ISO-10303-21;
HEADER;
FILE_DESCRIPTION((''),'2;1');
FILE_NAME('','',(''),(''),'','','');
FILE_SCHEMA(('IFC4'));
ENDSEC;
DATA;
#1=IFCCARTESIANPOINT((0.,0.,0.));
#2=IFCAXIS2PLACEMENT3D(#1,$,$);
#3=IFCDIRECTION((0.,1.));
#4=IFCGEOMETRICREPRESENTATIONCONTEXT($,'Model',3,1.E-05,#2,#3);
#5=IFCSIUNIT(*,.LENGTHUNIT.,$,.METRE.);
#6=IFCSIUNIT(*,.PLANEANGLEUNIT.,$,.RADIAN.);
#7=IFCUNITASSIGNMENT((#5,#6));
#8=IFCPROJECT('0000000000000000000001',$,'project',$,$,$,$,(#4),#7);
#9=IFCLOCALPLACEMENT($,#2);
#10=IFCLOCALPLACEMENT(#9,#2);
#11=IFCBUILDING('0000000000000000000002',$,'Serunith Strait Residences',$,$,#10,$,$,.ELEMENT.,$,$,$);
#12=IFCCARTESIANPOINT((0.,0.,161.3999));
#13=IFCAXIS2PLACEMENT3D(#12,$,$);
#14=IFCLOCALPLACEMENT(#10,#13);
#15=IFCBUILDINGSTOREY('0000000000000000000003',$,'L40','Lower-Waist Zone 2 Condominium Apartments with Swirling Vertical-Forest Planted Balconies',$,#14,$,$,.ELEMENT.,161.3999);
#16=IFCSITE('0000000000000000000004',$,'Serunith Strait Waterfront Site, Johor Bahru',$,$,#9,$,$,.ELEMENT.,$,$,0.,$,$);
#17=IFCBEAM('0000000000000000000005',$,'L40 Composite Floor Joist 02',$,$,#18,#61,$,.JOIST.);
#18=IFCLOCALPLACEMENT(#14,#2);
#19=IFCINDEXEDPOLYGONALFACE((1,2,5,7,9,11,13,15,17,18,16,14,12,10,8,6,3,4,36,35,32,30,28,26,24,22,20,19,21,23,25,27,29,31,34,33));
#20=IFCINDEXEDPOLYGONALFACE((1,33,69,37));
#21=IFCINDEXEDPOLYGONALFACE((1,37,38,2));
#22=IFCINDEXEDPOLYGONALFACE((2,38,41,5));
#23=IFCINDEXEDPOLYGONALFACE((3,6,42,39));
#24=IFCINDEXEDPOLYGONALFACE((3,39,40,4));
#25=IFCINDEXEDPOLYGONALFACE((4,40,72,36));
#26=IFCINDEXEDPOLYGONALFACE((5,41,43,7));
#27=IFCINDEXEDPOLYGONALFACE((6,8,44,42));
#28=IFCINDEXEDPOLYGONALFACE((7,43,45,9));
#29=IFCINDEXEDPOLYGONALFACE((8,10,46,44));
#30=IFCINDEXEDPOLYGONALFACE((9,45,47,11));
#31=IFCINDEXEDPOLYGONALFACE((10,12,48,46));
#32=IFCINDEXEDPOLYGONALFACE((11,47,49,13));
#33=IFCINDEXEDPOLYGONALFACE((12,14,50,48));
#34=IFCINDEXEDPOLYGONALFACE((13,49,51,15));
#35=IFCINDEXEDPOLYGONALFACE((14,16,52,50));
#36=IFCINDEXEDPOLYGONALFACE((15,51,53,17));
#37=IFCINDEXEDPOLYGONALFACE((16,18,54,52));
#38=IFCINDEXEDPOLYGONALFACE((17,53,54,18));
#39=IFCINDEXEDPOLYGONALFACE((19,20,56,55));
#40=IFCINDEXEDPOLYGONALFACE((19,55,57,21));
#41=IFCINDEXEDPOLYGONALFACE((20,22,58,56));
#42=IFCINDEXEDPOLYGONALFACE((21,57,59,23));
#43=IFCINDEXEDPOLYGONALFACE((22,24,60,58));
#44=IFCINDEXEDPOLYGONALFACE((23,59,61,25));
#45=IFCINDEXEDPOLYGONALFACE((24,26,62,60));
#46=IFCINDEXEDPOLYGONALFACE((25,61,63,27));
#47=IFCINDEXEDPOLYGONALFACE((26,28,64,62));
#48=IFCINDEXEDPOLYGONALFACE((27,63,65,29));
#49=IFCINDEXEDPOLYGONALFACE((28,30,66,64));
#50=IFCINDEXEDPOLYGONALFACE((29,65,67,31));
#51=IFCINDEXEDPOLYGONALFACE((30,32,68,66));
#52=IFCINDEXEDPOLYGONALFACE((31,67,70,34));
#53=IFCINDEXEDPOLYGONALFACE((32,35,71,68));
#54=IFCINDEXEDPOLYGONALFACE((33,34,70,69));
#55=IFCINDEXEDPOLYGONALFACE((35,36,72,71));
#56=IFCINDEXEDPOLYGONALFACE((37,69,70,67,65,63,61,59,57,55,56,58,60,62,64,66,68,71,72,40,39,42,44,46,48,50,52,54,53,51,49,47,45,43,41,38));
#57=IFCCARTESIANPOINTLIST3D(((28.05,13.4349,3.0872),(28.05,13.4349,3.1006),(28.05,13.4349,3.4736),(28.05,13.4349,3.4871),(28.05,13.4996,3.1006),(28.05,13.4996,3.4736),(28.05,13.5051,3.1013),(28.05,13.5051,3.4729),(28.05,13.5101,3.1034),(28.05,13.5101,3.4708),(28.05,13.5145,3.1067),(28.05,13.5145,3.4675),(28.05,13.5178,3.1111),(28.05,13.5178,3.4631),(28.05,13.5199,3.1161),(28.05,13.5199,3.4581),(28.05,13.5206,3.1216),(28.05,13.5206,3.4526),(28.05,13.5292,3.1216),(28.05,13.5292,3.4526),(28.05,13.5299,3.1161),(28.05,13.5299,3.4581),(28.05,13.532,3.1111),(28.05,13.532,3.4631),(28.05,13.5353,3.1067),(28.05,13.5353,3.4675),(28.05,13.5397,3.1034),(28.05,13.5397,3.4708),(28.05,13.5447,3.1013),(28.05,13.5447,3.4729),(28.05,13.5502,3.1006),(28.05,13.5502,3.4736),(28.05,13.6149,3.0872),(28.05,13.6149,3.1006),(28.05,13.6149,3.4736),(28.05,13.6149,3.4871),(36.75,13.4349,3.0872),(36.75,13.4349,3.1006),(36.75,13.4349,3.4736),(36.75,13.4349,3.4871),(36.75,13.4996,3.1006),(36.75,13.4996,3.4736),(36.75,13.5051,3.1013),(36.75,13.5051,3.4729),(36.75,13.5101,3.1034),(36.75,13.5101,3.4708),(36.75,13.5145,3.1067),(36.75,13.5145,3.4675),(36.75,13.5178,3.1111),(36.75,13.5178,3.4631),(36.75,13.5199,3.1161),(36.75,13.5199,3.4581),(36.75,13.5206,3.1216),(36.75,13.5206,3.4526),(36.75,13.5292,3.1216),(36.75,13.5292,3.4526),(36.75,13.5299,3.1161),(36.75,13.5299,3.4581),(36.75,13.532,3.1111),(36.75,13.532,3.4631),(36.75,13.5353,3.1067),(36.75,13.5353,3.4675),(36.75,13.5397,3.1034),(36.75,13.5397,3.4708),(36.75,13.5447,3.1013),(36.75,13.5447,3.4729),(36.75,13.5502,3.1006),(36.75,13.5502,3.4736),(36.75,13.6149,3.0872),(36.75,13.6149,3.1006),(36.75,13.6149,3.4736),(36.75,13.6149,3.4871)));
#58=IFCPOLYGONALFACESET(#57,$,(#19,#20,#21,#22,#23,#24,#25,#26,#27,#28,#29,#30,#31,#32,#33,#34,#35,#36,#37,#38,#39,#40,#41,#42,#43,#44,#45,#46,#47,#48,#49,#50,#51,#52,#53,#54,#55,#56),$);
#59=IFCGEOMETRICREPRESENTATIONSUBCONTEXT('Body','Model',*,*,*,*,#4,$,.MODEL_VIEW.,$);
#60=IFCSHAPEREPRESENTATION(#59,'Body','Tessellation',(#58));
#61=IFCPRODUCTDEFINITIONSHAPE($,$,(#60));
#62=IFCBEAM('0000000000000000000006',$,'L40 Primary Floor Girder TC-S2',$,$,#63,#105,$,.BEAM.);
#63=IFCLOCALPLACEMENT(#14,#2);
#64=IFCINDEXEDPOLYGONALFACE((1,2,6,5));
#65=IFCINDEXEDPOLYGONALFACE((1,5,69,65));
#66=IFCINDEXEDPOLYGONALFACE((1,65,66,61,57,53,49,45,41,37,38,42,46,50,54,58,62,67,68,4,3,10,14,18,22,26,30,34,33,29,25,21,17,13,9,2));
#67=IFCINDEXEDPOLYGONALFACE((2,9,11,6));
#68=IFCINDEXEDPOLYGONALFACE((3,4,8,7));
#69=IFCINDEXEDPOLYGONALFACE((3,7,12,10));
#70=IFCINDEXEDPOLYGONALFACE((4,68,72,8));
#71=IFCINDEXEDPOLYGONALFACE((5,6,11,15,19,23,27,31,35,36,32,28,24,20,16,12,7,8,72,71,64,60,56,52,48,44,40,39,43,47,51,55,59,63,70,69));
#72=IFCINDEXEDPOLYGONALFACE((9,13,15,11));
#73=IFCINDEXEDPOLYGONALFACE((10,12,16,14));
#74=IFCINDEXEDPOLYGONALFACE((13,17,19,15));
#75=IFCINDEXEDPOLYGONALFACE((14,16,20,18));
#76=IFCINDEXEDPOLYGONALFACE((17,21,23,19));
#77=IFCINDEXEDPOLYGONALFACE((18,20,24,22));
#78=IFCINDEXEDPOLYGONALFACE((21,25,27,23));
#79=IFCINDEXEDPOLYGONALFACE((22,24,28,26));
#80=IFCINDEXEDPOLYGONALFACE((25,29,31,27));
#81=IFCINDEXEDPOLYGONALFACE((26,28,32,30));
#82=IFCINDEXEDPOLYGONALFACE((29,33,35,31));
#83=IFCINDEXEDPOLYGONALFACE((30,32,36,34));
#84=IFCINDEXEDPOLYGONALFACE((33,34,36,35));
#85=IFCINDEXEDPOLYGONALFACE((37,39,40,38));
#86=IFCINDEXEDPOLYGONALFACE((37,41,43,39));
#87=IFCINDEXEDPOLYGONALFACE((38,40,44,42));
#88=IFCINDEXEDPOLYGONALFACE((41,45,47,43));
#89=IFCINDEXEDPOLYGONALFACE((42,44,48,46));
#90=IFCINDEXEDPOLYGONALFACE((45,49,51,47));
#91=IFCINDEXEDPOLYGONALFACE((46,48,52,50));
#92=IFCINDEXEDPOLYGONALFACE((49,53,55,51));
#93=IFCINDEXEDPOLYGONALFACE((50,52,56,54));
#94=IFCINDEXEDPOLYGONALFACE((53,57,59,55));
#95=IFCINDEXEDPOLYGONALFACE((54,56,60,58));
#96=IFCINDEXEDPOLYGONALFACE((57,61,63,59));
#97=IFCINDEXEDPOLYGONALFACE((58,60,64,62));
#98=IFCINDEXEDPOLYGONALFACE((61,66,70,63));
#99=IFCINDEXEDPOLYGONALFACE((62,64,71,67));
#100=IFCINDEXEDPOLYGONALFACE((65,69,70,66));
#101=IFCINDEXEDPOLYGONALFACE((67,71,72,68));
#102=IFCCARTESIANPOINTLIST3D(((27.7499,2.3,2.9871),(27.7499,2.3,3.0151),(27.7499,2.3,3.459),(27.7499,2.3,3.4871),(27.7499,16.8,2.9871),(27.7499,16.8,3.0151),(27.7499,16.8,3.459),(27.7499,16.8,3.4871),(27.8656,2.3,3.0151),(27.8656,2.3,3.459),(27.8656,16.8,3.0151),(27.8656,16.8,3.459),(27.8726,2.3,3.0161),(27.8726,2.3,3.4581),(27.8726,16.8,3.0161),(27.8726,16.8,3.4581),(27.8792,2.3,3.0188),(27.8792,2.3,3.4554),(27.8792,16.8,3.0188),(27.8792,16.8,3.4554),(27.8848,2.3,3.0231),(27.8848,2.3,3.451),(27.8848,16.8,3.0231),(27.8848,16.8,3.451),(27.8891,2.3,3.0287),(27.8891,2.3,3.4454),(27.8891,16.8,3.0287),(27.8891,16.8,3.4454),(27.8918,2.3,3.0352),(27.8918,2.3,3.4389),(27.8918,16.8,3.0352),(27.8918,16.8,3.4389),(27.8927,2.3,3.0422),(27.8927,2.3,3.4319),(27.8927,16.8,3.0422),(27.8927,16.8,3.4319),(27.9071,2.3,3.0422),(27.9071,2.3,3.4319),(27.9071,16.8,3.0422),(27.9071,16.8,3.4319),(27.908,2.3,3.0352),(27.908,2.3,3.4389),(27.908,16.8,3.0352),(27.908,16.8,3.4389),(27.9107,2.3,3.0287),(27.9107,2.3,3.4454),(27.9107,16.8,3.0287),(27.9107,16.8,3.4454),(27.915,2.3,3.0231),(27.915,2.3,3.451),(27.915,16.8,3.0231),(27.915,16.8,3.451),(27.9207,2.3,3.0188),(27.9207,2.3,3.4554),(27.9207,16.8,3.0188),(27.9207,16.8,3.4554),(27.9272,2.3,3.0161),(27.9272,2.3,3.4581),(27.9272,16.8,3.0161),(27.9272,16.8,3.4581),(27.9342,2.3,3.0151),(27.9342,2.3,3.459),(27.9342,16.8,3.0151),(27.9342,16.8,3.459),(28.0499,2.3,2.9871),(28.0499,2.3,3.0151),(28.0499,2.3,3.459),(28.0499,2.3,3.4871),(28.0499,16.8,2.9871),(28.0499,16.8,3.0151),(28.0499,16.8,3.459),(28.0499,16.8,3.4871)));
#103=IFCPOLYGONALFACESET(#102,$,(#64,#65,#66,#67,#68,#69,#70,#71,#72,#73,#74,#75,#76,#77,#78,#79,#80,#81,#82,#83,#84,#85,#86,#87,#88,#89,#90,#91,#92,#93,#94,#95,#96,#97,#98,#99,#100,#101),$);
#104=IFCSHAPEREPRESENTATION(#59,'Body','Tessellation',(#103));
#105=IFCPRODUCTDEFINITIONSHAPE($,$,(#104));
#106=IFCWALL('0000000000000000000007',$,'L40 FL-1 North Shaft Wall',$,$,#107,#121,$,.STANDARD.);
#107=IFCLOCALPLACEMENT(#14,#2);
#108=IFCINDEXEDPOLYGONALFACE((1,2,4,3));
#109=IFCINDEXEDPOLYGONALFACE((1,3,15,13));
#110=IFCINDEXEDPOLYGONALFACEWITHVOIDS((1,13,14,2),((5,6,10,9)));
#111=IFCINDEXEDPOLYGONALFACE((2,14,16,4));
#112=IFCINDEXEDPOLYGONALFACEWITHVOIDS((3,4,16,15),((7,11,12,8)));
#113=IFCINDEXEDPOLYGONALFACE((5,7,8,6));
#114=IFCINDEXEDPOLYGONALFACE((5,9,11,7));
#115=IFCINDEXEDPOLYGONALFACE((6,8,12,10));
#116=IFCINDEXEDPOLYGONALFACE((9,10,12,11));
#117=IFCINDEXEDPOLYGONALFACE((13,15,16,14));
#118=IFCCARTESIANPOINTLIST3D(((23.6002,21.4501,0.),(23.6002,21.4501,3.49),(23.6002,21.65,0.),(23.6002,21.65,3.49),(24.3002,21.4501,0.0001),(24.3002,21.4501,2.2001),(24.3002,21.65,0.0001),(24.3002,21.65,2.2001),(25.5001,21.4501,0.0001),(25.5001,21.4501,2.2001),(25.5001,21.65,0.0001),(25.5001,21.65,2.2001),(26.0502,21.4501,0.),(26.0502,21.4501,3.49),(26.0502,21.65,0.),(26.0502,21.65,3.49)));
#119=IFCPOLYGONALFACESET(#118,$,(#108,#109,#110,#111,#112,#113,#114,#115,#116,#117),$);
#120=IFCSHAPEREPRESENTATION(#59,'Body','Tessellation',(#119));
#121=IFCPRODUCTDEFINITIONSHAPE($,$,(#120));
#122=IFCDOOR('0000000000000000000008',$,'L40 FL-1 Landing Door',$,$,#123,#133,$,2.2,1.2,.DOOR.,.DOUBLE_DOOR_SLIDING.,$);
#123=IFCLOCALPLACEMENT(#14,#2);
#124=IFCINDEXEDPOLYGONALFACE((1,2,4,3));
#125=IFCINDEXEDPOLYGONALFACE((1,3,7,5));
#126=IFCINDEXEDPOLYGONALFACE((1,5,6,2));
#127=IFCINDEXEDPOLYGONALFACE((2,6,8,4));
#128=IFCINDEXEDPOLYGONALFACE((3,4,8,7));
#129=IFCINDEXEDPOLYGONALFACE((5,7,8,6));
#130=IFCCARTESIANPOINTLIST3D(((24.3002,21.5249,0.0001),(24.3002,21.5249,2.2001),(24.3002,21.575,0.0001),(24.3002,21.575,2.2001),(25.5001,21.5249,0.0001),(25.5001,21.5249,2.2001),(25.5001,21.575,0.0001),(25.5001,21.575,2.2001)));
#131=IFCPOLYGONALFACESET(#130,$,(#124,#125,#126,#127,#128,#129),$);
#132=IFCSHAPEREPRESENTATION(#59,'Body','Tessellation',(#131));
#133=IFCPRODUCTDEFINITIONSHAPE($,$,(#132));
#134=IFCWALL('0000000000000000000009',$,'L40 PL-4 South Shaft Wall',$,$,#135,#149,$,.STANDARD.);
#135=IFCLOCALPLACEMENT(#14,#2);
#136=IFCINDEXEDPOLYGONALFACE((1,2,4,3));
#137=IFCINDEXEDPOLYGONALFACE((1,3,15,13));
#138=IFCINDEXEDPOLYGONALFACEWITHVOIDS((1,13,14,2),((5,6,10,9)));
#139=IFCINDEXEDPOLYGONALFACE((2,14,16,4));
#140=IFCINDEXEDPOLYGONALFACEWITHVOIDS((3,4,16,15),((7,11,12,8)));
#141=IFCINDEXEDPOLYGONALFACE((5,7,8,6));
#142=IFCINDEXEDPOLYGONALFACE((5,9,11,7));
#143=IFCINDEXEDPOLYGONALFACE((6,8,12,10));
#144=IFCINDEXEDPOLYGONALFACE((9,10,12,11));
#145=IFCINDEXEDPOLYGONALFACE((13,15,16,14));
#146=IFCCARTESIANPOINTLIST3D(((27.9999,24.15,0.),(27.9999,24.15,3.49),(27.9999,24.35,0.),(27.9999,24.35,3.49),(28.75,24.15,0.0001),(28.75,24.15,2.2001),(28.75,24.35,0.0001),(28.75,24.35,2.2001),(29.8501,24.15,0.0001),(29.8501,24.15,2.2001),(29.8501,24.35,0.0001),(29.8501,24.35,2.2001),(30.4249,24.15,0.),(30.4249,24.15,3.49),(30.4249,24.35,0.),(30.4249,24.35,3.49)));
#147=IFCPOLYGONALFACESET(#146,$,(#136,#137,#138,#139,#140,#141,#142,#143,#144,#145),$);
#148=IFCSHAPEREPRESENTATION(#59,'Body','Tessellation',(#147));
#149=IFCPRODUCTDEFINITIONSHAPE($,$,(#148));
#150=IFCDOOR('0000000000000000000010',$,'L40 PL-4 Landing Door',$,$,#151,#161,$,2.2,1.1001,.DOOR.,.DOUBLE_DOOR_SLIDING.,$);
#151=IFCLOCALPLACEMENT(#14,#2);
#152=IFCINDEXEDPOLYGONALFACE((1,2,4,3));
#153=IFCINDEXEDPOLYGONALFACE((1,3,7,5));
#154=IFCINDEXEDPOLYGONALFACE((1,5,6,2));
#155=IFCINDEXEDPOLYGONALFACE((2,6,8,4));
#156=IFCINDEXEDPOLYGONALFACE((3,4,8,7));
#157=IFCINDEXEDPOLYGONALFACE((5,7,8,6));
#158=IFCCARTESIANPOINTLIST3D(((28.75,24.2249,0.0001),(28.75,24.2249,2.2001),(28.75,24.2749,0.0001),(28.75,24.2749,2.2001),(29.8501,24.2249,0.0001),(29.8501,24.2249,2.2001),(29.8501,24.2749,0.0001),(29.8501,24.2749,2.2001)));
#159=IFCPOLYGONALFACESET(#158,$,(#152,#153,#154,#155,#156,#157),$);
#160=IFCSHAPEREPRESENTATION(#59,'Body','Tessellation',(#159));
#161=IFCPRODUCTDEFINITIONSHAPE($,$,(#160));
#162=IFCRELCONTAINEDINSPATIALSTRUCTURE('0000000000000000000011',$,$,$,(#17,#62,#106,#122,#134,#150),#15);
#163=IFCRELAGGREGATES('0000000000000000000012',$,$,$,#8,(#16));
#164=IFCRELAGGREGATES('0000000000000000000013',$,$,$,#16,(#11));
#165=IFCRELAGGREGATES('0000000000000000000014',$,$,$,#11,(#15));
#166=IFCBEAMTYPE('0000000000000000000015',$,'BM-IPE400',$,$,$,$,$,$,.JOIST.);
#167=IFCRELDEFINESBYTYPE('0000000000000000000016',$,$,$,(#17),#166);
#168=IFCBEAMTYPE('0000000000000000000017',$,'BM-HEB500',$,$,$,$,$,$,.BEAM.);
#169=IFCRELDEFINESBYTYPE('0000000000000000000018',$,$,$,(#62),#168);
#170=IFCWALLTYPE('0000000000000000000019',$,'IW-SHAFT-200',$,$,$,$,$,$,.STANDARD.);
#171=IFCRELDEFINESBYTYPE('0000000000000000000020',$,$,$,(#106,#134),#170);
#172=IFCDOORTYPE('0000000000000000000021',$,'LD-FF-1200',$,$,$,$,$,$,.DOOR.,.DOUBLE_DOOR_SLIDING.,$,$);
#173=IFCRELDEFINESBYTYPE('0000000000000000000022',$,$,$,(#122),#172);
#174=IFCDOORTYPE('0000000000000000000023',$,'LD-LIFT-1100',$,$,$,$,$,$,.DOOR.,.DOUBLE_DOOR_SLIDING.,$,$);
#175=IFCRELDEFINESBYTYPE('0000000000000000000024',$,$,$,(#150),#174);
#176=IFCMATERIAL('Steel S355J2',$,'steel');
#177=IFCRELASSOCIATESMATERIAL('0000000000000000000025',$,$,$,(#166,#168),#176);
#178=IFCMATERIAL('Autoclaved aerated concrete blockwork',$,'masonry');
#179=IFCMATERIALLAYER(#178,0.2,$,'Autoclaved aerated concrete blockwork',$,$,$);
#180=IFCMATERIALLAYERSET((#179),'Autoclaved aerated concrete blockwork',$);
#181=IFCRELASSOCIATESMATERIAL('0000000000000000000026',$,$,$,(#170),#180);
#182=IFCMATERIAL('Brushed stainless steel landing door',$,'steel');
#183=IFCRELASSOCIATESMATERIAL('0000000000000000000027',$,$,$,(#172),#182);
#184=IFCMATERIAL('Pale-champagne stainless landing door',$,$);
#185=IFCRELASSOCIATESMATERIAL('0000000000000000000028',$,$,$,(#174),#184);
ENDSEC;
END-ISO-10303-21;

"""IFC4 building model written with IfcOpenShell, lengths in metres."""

from ifc_helpers import new_model, si_unit, direction, frame, frame_2d, origin, origin_2d, place, context, subcontext, project, spatial, rectangle, i_section, extrude, source, transform, mapped, material, layer, layer_set, material_profile, profile_set, type_object, element, fill, save


model = new_model("IFC4")

# Units and contexts
model_context = context("Model", 3, precision=1e-05, world=origin(), true_north=direction((0.0, 1.0)))
body_context = subcontext(model_context, "Body", "Model", "MODEL_VIEW")
ifc_project = project(units=[si_unit("LENGTHUNIT", "METRE"), si_unit("PLANEANGLEUNIT", "RADIAN")], contexts=[model_context])

# Site, building, storey
site_placement = place(None, origin())
site = spatial("IfcSite", under=ifc_project, at=site_placement, Name="Serunith Strait Waterfront Site, Johor Bahru", CompositionType="ELEMENT", RefElevation=0.0)
building_placement = place(site_placement, origin())
building = spatial("IfcBuilding", under=site, at=building_placement, Name="Serunith Strait Residences", CompositionType="ELEMENT")
storey_placement = place(building_placement, frame((0.0, 0.0, 161.3999)))
storey = spatial("IfcBuildingStorey", under=building, at=storey_placement, Name="L40", Description="Lower-Waist Zone 2 Condominium Apartments with Swirling Vertical-Forest Planted Balconies", CompositionType="ELEMENT", Elevation=161.3999)

# Beams
ifc_material_1 = material(Name="Steel S355J2", Category="steel")
ifc_material_profile_1 = material_profile(ifc_material_1, i_section(OverallWidth=0.1799, OverallDepth=0.3999, WebThickness=0.0085, FlangeThickness=0.0134, FilletRadius=0.021, at=origin_2d()), Name="IPE 400")
ifc_profile_set_1 = profile_set([ifc_material_profile_1], Name="Steel S355J2")
beam_type_1 = type_object("IfcBeamType", Name="BM-IPE400", PredefinedType="JOIST", material=ifc_profile_set_1)
shared_shape_1 = source(origin(), body_context, "Body", "SweptSolid", [
    extrude(i_section(OverallWidth=0.1799, OverallDepth=0.3999, WebThickness=0.0085, FlangeThickness=0.0134, FilletRadius=0.021, at=origin_2d()), origin(), (0.0, 0.0, 1.0), 8.7),
])
beam_1_placement = place(storey_placement, frame((28.05, 13.5249, 3.2871), z_axis=(1.0, 0.0, 0.0), x_axis=(0.0, 1.0, 0.0)))
element("IfcBeam", 1, at=beam_1_placement, inside=storey, type_object=beam_type_1, Name="L40 Composite Floor Joist 02", PredefinedType="JOIST", context=body_context, shape_type="MappedRepresentation", body=[
    mapped(shared_shape_1, transform((0.0, 0.0, 0.0), scale=1.0)),
])
ifc_material_profile_2 = material_profile(ifc_material_1, i_section(OverallWidth=0.3, OverallDepth=0.5, WebThickness=0.0144, FlangeThickness=0.0281, FilletRadius=0.0271, at=origin_2d()), Name="HEB 500")
ifc_profile_set_2 = profile_set([ifc_material_profile_2], Name="Steel S355J2")
beam_type_2 = type_object("IfcBeamType", Name="BM-HEB500", PredefinedType="BEAM", material=ifc_profile_set_2)
shared_shape_2 = source(origin(), body_context, "Body", "SweptSolid", [
    extrude(i_section(OverallWidth=0.3, OverallDepth=0.5, WebThickness=0.0144, FlangeThickness=0.0281, FilletRadius=0.0271, at=origin_2d()), origin(), (0.0, 0.0, 1.0), 14.5),
])
beam_2_placement = place(storey_placement, frame((27.8999, 16.8, 3.2371), z_axis=(0.0, -1.0, 0.0), x_axis=(1.0, 0.0, 0.0)))
element("IfcBeam", 2, at=beam_2_placement, inside=storey, type_object=beam_type_2, Name="L40 Primary Floor Girder TC-S2", PredefinedType="BEAM", context=body_context, shape_type="MappedRepresentation", body=[
    mapped(shared_shape_2, transform((0.0, 0.0, 0.0), scale=1.0)),
])

# Walls, openings, doors
ifc_material_2 = material(Name="Autoclaved aerated concrete blockwork", Category="masonry")
ifc_layer_1 = layer(ifc_material_2, 0.2, Name="Autoclaved aerated concrete blockwork")
ifc_layer_set_1 = layer_set([ifc_layer_1], Name="Autoclaved aerated concrete blockwork")
wall_type_1 = type_object("IfcWallType", Name="IW-SHAFT-200", PredefinedType="STANDARD", material=ifc_layer_set_1)
wall_1_placement = place(storey_placement, frame((23.6001, 21.55, 0.0), z_axis=(0.0, 0.0, 1.0), x_axis=(1.0, 0.0, 0.0)))
wall_1 = element("IfcWall", 3, at=wall_1_placement, inside=storey, type_object=wall_type_1, Name="L40 FL-1 North Shaft Wall", PredefinedType="STANDARD", context=body_context, shape_type="SweptSolid", body=[
    extrude(rectangle(XDim=2.45, YDim=0.2, at=frame_2d((1.2251, 0.0))), origin(), (0.0, 0.0, 1.0), 3.49),
])
opening_1_placement = place(wall_1_placement, frame((0.7, 0.0, 0.0)))
opening_1 = element("IfcOpeningElement", 4, at=opening_1_placement, cuts=wall_1, PredefinedType="OPENING", context=body_context, shape_type="SweptSolid", body=[
    extrude(rectangle(XDim=1.2, YDim=2.2, at=frame_2d((0.6001, 1.1001))), frame((0.0, 0.1099, 0.0), z_axis=(0.0, -1.0, 0.0), x_axis=(1.0, 0.0, 0.0)), (0.0, 0.0, 1.0), 0.22),
])
ifc_material_3 = material(Name="Brushed stainless steel landing door", Category="steel")
door_type_1 = type_object("IfcDoorType", Name="LD-FF-1200", OperationType="DOUBLE_DOOR_SLIDING", PredefinedType="DOOR", material=ifc_material_3)
shared_shape_3 = source(origin(), body_context, "Body", "SweptSolid", [
    extrude(rectangle(XDim=1.2, YDim=2.2, at=frame_2d((0.6001, 1.1001))), frame((0.0, 0.0249, 0.0), z_axis=(0.0, -1.0, 0.0), x_axis=(1.0, 0.0, 0.0)), (0.0, 0.0, 1.0), 0.05),
])
door_1_placement = place(opening_1_placement, origin())
door_1 = element("IfcDoor", 5, at=door_1_placement, inside=storey, type_object=door_type_1, Name="L40 FL-1 Landing Door", OperationType="DOUBLE_DOOR_SLIDING", OverallHeight=2.2, OverallWidth=1.2, PredefinedType="DOOR", context=body_context, shape_type="MappedRepresentation", body=[
    mapped(shared_shape_3, transform((0.0, 0.0, 0.0), scale=1.0)),
])
fill(opening_1, door_1)
wall_2_placement = place(storey_placement, frame((28.0, 24.25, 0.0), z_axis=(0.0, 0.0, 1.0), x_axis=(1.0, 0.0, 0.0)))
wall_2 = element("IfcWall", 6, at=wall_2_placement, inside=storey, type_object=wall_type_1, Name="L40 PL-4 South Shaft Wall", PredefinedType="STANDARD", context=body_context, shape_type="SweptSolid", body=[
    extrude(rectangle(XDim=2.425, YDim=0.2, at=frame_2d((1.2124, 0.0))), origin(), (0.0, 0.0, 1.0), 3.49),
])
opening_2_placement = place(wall_2_placement, frame((0.75, 0.0, 0.0)))
opening_2 = element("IfcOpeningElement", 7, at=opening_2_placement, cuts=wall_2, PredefinedType="OPENING", context=body_context, shape_type="SweptSolid", body=[
    extrude(rectangle(XDim=1.1001, YDim=2.2, at=frame_2d((0.55, 1.1001))), frame((0.0, 0.1099, 0.0), z_axis=(0.0, -1.0, 0.0), x_axis=(1.0, 0.0, 0.0)), (0.0, 0.0, 1.0), 0.22),
])
ifc_material_4 = material(Name="Pale-champagne stainless landing door")
door_type_2 = type_object("IfcDoorType", Name="LD-LIFT-1100", OperationType="DOUBLE_DOOR_SLIDING", PredefinedType="DOOR", material=ifc_material_4)
shared_shape_4 = source(origin(), body_context, "Body", "SweptSolid", [
    extrude(rectangle(XDim=1.1001, YDim=2.2, at=frame_2d((0.55, 1.1001))), frame((0.0, 0.0249, 0.0), z_axis=(0.0, -1.0, 0.0), x_axis=(1.0, 0.0, 0.0)), (0.0, 0.0, 1.0), 0.05),
])
door_2_placement = place(opening_2_placement, origin())
door_2 = element("IfcDoor", 8, at=door_2_placement, inside=storey, type_object=door_type_2, Name="L40 PL-4 Landing Door", OperationType="DOUBLE_DOOR_SLIDING", OverallHeight=2.2, OverallWidth=1.1001, PredefinedType="DOOR", context=body_context, shape_type="MappedRepresentation", body=[
    mapped(shared_shape_4, transform((0.0, 0.0, 0.0), scale=1.0)),
])
fill(opening_2, door_2)

save(model, "model.ifc")
